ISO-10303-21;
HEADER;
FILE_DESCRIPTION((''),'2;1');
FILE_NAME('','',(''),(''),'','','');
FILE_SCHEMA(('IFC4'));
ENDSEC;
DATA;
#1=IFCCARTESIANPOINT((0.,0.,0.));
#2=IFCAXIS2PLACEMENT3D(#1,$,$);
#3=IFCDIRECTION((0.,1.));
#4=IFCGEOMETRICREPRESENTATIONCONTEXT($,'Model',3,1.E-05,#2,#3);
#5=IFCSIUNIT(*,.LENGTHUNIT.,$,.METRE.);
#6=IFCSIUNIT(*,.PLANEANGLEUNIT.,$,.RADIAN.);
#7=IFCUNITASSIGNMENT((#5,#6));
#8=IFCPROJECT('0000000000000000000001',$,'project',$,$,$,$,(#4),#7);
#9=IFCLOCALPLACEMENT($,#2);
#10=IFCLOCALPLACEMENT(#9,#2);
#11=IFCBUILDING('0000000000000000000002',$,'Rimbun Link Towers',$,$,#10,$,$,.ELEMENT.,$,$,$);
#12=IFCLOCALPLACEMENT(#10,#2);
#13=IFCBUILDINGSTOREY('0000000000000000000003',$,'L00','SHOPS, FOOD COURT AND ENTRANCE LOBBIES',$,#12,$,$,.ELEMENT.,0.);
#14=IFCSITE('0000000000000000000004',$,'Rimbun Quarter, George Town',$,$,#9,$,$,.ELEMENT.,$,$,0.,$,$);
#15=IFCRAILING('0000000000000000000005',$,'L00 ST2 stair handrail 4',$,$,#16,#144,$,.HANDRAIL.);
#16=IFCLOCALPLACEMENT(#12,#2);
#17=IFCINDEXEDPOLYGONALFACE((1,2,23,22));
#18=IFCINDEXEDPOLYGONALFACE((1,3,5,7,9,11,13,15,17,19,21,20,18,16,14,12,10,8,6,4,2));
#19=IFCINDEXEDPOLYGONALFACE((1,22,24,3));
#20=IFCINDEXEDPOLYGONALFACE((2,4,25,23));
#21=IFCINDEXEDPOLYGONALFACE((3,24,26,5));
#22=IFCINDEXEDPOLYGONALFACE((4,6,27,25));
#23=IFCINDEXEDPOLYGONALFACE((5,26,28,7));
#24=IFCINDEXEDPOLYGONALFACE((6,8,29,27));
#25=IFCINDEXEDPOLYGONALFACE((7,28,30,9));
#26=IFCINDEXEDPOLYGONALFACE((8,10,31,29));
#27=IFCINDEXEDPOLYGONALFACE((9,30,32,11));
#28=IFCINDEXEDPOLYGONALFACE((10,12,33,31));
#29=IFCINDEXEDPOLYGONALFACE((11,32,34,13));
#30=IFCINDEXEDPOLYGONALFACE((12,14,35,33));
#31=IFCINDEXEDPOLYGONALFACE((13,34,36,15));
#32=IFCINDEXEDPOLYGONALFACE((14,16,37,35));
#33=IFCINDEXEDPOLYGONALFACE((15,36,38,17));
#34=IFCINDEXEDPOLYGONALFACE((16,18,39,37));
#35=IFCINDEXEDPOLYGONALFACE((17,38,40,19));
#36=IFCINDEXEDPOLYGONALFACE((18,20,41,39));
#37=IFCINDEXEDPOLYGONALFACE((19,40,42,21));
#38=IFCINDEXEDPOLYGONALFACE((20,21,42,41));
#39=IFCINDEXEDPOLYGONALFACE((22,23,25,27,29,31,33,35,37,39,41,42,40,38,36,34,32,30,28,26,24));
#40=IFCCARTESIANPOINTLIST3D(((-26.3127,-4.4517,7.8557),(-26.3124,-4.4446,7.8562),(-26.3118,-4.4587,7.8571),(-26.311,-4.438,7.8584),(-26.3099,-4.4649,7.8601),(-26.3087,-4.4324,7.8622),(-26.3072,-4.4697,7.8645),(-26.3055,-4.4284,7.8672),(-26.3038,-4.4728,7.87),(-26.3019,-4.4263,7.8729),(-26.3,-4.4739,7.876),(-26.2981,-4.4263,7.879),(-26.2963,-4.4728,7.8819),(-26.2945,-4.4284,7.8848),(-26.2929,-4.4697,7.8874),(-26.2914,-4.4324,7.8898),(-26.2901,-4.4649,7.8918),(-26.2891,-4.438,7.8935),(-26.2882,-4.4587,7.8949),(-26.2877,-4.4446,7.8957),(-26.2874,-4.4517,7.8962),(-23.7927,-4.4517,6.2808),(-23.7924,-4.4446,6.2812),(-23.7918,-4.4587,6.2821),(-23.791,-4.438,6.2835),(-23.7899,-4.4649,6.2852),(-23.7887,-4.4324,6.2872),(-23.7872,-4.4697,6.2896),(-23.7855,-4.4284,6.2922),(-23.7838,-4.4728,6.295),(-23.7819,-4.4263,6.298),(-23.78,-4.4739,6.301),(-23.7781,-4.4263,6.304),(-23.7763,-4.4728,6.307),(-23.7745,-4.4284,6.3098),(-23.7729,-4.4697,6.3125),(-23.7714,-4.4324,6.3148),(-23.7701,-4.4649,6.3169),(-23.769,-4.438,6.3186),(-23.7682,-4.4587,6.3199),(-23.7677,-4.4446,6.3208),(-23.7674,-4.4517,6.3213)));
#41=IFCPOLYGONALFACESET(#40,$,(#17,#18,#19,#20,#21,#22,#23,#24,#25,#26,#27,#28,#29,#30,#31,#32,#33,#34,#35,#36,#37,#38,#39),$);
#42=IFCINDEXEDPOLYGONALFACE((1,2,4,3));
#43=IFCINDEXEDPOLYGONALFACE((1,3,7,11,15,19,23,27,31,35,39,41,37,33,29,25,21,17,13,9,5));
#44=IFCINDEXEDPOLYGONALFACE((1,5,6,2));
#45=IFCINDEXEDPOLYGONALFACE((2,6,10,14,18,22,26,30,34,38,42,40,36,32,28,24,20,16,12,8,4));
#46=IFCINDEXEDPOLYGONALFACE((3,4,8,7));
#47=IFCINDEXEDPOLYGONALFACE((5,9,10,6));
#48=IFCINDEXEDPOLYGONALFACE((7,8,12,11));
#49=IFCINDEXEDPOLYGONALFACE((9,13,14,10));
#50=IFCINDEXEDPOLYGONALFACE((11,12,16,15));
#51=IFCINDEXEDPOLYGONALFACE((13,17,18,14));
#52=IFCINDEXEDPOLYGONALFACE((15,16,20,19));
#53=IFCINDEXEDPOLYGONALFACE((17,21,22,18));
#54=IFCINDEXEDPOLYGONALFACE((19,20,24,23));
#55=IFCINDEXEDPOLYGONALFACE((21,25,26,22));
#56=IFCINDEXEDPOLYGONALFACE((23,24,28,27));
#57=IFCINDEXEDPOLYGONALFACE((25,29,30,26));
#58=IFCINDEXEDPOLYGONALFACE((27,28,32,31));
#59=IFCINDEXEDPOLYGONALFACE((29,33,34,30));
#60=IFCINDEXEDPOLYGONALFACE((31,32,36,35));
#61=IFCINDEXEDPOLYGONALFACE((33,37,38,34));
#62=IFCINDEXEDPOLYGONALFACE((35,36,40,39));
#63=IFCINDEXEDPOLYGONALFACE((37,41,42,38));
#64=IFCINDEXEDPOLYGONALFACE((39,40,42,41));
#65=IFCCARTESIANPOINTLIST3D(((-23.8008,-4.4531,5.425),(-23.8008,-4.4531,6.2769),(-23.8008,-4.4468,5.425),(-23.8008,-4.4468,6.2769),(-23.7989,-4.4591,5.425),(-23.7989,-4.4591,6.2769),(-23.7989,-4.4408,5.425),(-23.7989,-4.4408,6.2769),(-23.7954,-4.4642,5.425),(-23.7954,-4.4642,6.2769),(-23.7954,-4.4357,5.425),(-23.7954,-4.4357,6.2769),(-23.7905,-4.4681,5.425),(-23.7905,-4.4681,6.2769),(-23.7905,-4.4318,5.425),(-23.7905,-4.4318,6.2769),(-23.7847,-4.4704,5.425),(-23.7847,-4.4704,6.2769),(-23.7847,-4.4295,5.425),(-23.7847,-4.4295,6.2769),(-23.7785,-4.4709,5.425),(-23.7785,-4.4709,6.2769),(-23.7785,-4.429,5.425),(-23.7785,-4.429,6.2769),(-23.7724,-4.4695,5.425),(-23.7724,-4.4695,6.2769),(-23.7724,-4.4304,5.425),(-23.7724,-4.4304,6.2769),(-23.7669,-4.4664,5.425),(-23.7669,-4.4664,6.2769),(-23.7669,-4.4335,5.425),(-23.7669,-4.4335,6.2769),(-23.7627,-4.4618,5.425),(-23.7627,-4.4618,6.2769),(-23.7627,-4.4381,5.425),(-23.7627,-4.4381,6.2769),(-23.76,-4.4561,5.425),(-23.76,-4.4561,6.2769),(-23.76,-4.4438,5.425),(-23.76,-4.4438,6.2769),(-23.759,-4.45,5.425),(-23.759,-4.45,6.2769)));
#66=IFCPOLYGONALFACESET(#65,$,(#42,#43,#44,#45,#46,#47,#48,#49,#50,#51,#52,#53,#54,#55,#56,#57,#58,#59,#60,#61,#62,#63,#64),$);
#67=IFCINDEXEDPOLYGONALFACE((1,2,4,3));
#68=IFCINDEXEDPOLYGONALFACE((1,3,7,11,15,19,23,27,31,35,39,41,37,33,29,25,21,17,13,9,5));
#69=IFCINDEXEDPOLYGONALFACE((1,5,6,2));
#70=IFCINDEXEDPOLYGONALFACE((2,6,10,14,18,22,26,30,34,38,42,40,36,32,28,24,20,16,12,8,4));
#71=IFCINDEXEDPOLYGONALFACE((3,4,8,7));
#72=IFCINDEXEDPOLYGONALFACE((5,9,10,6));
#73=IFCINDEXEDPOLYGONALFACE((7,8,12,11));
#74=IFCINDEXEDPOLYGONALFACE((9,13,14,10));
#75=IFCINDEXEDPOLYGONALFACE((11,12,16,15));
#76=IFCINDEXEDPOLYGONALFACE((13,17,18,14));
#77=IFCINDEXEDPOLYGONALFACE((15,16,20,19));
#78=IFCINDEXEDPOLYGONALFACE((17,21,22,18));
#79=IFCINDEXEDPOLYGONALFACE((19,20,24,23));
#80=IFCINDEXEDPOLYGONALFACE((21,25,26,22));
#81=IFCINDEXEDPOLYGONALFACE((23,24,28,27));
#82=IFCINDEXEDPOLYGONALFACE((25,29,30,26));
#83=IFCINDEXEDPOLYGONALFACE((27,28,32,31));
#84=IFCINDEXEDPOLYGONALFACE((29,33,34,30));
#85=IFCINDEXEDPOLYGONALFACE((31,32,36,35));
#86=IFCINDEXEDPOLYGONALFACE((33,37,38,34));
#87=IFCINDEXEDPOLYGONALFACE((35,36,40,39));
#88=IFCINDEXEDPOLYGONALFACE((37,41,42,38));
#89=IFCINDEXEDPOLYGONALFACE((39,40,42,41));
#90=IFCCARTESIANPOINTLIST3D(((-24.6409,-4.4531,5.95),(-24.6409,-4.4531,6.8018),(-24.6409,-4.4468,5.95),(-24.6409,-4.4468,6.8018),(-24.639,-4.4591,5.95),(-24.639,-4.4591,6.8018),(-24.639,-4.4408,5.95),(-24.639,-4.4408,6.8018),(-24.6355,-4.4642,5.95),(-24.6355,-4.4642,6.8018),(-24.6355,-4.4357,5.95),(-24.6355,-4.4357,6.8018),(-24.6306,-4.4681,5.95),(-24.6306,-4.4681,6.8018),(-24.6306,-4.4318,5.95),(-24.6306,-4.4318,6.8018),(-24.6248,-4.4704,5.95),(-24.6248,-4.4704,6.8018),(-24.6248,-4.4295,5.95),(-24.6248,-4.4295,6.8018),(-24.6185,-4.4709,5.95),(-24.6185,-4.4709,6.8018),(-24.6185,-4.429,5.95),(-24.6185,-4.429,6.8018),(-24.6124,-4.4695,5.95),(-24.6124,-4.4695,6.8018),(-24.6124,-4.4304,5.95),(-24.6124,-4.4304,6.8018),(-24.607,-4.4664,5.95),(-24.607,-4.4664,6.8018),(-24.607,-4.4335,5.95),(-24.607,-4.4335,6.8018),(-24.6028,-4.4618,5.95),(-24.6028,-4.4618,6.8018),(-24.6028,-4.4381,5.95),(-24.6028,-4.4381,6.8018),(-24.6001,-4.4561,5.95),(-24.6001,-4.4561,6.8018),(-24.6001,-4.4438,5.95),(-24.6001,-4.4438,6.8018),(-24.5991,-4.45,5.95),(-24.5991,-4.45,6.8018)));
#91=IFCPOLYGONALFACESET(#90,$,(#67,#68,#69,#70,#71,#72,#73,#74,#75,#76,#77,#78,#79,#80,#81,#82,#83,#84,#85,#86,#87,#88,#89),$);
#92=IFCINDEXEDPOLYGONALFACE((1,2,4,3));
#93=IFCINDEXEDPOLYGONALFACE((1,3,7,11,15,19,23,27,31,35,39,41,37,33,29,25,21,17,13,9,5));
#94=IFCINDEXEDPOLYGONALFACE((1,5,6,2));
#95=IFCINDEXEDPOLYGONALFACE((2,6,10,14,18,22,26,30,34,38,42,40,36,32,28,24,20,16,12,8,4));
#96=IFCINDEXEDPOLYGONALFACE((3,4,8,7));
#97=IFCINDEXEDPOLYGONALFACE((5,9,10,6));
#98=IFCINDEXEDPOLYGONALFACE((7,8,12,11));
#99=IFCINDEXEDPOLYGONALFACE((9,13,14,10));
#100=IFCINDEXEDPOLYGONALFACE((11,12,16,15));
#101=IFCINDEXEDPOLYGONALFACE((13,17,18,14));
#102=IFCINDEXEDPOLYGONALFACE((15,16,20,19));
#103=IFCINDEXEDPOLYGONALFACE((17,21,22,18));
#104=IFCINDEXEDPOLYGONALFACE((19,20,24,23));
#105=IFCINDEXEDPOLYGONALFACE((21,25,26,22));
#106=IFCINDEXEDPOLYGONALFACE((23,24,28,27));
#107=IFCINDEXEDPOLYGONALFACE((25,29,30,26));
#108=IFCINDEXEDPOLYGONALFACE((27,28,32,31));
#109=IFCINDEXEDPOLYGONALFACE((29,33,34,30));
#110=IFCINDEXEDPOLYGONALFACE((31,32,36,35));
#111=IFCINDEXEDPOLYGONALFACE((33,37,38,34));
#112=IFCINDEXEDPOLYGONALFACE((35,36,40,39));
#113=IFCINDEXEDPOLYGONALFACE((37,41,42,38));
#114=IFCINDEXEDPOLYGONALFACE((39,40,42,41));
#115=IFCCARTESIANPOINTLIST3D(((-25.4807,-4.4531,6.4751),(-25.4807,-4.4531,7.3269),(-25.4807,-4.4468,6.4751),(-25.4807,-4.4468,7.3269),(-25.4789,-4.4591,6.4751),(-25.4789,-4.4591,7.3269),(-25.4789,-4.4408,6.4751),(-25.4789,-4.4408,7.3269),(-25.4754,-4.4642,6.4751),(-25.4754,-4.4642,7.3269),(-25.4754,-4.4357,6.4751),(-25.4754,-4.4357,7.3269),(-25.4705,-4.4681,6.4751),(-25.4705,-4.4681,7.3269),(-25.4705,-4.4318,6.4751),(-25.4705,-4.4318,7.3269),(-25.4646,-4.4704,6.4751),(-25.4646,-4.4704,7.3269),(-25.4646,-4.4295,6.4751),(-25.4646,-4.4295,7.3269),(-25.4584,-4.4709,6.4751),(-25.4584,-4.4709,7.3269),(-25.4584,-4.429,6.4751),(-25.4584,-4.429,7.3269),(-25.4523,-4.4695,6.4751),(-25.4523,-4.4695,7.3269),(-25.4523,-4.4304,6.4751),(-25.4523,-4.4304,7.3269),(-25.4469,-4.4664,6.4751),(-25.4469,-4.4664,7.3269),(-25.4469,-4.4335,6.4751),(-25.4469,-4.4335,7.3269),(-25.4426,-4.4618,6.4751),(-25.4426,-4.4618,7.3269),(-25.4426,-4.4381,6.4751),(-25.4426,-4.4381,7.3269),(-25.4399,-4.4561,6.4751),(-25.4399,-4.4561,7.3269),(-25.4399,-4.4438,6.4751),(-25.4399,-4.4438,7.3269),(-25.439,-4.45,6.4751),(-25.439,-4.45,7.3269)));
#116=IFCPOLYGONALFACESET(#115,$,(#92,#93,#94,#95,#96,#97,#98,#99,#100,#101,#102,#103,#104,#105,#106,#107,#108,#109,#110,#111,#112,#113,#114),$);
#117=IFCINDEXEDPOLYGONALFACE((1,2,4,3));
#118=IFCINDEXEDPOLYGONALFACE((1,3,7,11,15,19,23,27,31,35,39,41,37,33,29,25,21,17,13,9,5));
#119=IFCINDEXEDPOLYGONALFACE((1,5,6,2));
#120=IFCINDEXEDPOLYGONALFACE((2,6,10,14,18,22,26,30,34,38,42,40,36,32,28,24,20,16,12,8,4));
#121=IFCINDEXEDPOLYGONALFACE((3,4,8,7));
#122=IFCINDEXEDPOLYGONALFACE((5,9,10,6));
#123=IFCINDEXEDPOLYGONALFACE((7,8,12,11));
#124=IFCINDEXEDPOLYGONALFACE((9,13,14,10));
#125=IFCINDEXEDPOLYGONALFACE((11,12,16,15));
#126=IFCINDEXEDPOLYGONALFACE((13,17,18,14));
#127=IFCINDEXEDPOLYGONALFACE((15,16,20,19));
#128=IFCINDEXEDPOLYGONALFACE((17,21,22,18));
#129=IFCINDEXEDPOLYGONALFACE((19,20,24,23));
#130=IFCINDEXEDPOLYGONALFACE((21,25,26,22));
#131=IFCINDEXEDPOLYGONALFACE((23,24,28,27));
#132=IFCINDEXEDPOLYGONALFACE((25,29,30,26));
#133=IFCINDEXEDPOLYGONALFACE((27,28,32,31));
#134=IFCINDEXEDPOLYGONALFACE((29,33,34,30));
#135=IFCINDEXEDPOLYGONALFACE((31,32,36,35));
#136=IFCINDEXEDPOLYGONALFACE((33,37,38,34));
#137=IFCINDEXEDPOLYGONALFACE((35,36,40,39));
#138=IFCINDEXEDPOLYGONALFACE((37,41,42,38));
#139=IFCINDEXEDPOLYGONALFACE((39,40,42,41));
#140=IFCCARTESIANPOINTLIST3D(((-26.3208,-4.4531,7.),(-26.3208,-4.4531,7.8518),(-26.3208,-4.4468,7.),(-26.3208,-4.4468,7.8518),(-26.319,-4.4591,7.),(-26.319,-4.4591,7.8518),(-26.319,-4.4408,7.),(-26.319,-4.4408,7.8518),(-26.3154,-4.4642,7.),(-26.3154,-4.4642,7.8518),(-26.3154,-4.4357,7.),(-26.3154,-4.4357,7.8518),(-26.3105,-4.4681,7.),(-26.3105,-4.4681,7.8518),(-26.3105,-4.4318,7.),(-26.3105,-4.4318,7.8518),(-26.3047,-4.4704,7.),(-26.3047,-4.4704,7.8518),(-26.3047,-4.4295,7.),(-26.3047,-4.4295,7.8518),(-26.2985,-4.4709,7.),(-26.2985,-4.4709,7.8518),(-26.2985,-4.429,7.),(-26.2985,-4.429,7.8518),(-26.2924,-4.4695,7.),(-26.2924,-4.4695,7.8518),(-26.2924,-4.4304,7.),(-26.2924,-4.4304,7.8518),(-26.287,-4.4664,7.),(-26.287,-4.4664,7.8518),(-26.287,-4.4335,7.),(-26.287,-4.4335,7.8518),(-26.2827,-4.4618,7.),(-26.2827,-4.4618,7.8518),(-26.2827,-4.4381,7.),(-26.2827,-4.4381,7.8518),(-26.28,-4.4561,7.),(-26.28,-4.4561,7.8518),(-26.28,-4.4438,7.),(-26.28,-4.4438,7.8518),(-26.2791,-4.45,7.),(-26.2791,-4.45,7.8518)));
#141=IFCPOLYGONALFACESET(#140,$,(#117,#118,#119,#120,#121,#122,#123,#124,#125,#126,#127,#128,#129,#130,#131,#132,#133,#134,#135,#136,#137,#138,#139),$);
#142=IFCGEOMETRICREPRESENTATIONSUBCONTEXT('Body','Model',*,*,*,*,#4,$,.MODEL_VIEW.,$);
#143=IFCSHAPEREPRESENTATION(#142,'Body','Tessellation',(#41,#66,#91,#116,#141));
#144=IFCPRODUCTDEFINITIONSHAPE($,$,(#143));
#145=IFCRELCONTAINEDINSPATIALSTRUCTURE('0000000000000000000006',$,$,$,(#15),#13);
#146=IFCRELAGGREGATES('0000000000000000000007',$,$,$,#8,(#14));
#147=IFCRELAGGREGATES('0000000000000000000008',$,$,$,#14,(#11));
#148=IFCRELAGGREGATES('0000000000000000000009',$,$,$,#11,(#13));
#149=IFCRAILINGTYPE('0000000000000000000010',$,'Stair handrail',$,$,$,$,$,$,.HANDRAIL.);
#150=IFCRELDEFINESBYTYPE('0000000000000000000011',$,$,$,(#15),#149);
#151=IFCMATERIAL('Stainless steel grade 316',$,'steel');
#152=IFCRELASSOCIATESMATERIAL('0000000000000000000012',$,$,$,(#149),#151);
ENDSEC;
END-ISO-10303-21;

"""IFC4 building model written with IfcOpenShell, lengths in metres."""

from ifc_helpers import new_model, si_unit, direction, frame, origin, origin_2d, place, context, subcontext, project, spatial, circle, extrude, material, type_object, element, save


model = new_model("IFC4")

# Units and contexts
model_context = context("Model", 3, precision=1e-05, world=origin(), true_north=direction((0.0, 1.0)))
body_context = subcontext(model_context, "Body", "Model", "MODEL_VIEW")
ifc_project = project(units=[si_unit("LENGTHUNIT", "METRE"), si_unit("PLANEANGLEUNIT", "RADIAN")], contexts=[model_context])

# Site, building, storey
site_placement = place(None, origin())
site = spatial("IfcSite", under=ifc_project, at=site_placement, Name="Rimbun Quarter, George Town", CompositionType="ELEMENT", RefElevation=0.0)
building_placement = place(site_placement, origin())
building = spatial("IfcBuilding", under=site, at=building_placement, Name="Rimbun Link Towers", CompositionType="ELEMENT")
storey_placement = place(building_placement, origin())
storey = spatial("IfcBuildingStorey", under=building, at=storey_placement, Name="L00", Description="SHOPS, FOOD COURT AND ENTRANCE LOBBIES", CompositionType="ELEMENT", Elevation=0.0)

# Railing
ifc_material_1 = material(Name="Stainless steel grade 316", Category="steel")
railing_type_1 = type_object("IfcRailingType", Name="Stair handrail", PredefinedType="HANDRAIL", material=ifc_material_1)
for number, where, name in (
    (1, (-23.78, -4.45, 5.425), "L00 ST2 stair handrail 4"),
):
    element("IfcRailing", number, at=place(storey_placement, frame(where)), inside=storey, type_object=railing_type_1, Name=name, PredefinedType="HANDRAIL", context=body_context, shape_type="SweptSolid", body=[
        extrude(circle(Radius=0.0239, at=origin_2d()), frame((0.0, 0.0, 0.876), z_axis=(-0.848008, 0.0, 0.529984), x_axis=(0.0, -1.0, 0.0)), (0.0, 0.0, 1.0), 2.9717),
        extrude(circle(Radius=0.021, at=origin_2d()), origin(), (0.0, 0.0, 1.0), 0.8518),
        extrude(circle(Radius=0.021, at=origin_2d()), frame((-0.8401, 0.0, 0.5249)), (0.0, 0.0, 1.0), 0.8518),
        extrude(circle(Radius=0.021, at=origin_2d()), frame((-1.6799, 0.0, 1.05)), (0.0, 0.0, 1.0), 0.8518),
        extrude(circle(Radius=0.021, at=origin_2d()), frame((-2.52, 0.0, 1.575)), (0.0, 0.0, 1.0), 0.8518),
    ])

save(model, "model.ifc")
